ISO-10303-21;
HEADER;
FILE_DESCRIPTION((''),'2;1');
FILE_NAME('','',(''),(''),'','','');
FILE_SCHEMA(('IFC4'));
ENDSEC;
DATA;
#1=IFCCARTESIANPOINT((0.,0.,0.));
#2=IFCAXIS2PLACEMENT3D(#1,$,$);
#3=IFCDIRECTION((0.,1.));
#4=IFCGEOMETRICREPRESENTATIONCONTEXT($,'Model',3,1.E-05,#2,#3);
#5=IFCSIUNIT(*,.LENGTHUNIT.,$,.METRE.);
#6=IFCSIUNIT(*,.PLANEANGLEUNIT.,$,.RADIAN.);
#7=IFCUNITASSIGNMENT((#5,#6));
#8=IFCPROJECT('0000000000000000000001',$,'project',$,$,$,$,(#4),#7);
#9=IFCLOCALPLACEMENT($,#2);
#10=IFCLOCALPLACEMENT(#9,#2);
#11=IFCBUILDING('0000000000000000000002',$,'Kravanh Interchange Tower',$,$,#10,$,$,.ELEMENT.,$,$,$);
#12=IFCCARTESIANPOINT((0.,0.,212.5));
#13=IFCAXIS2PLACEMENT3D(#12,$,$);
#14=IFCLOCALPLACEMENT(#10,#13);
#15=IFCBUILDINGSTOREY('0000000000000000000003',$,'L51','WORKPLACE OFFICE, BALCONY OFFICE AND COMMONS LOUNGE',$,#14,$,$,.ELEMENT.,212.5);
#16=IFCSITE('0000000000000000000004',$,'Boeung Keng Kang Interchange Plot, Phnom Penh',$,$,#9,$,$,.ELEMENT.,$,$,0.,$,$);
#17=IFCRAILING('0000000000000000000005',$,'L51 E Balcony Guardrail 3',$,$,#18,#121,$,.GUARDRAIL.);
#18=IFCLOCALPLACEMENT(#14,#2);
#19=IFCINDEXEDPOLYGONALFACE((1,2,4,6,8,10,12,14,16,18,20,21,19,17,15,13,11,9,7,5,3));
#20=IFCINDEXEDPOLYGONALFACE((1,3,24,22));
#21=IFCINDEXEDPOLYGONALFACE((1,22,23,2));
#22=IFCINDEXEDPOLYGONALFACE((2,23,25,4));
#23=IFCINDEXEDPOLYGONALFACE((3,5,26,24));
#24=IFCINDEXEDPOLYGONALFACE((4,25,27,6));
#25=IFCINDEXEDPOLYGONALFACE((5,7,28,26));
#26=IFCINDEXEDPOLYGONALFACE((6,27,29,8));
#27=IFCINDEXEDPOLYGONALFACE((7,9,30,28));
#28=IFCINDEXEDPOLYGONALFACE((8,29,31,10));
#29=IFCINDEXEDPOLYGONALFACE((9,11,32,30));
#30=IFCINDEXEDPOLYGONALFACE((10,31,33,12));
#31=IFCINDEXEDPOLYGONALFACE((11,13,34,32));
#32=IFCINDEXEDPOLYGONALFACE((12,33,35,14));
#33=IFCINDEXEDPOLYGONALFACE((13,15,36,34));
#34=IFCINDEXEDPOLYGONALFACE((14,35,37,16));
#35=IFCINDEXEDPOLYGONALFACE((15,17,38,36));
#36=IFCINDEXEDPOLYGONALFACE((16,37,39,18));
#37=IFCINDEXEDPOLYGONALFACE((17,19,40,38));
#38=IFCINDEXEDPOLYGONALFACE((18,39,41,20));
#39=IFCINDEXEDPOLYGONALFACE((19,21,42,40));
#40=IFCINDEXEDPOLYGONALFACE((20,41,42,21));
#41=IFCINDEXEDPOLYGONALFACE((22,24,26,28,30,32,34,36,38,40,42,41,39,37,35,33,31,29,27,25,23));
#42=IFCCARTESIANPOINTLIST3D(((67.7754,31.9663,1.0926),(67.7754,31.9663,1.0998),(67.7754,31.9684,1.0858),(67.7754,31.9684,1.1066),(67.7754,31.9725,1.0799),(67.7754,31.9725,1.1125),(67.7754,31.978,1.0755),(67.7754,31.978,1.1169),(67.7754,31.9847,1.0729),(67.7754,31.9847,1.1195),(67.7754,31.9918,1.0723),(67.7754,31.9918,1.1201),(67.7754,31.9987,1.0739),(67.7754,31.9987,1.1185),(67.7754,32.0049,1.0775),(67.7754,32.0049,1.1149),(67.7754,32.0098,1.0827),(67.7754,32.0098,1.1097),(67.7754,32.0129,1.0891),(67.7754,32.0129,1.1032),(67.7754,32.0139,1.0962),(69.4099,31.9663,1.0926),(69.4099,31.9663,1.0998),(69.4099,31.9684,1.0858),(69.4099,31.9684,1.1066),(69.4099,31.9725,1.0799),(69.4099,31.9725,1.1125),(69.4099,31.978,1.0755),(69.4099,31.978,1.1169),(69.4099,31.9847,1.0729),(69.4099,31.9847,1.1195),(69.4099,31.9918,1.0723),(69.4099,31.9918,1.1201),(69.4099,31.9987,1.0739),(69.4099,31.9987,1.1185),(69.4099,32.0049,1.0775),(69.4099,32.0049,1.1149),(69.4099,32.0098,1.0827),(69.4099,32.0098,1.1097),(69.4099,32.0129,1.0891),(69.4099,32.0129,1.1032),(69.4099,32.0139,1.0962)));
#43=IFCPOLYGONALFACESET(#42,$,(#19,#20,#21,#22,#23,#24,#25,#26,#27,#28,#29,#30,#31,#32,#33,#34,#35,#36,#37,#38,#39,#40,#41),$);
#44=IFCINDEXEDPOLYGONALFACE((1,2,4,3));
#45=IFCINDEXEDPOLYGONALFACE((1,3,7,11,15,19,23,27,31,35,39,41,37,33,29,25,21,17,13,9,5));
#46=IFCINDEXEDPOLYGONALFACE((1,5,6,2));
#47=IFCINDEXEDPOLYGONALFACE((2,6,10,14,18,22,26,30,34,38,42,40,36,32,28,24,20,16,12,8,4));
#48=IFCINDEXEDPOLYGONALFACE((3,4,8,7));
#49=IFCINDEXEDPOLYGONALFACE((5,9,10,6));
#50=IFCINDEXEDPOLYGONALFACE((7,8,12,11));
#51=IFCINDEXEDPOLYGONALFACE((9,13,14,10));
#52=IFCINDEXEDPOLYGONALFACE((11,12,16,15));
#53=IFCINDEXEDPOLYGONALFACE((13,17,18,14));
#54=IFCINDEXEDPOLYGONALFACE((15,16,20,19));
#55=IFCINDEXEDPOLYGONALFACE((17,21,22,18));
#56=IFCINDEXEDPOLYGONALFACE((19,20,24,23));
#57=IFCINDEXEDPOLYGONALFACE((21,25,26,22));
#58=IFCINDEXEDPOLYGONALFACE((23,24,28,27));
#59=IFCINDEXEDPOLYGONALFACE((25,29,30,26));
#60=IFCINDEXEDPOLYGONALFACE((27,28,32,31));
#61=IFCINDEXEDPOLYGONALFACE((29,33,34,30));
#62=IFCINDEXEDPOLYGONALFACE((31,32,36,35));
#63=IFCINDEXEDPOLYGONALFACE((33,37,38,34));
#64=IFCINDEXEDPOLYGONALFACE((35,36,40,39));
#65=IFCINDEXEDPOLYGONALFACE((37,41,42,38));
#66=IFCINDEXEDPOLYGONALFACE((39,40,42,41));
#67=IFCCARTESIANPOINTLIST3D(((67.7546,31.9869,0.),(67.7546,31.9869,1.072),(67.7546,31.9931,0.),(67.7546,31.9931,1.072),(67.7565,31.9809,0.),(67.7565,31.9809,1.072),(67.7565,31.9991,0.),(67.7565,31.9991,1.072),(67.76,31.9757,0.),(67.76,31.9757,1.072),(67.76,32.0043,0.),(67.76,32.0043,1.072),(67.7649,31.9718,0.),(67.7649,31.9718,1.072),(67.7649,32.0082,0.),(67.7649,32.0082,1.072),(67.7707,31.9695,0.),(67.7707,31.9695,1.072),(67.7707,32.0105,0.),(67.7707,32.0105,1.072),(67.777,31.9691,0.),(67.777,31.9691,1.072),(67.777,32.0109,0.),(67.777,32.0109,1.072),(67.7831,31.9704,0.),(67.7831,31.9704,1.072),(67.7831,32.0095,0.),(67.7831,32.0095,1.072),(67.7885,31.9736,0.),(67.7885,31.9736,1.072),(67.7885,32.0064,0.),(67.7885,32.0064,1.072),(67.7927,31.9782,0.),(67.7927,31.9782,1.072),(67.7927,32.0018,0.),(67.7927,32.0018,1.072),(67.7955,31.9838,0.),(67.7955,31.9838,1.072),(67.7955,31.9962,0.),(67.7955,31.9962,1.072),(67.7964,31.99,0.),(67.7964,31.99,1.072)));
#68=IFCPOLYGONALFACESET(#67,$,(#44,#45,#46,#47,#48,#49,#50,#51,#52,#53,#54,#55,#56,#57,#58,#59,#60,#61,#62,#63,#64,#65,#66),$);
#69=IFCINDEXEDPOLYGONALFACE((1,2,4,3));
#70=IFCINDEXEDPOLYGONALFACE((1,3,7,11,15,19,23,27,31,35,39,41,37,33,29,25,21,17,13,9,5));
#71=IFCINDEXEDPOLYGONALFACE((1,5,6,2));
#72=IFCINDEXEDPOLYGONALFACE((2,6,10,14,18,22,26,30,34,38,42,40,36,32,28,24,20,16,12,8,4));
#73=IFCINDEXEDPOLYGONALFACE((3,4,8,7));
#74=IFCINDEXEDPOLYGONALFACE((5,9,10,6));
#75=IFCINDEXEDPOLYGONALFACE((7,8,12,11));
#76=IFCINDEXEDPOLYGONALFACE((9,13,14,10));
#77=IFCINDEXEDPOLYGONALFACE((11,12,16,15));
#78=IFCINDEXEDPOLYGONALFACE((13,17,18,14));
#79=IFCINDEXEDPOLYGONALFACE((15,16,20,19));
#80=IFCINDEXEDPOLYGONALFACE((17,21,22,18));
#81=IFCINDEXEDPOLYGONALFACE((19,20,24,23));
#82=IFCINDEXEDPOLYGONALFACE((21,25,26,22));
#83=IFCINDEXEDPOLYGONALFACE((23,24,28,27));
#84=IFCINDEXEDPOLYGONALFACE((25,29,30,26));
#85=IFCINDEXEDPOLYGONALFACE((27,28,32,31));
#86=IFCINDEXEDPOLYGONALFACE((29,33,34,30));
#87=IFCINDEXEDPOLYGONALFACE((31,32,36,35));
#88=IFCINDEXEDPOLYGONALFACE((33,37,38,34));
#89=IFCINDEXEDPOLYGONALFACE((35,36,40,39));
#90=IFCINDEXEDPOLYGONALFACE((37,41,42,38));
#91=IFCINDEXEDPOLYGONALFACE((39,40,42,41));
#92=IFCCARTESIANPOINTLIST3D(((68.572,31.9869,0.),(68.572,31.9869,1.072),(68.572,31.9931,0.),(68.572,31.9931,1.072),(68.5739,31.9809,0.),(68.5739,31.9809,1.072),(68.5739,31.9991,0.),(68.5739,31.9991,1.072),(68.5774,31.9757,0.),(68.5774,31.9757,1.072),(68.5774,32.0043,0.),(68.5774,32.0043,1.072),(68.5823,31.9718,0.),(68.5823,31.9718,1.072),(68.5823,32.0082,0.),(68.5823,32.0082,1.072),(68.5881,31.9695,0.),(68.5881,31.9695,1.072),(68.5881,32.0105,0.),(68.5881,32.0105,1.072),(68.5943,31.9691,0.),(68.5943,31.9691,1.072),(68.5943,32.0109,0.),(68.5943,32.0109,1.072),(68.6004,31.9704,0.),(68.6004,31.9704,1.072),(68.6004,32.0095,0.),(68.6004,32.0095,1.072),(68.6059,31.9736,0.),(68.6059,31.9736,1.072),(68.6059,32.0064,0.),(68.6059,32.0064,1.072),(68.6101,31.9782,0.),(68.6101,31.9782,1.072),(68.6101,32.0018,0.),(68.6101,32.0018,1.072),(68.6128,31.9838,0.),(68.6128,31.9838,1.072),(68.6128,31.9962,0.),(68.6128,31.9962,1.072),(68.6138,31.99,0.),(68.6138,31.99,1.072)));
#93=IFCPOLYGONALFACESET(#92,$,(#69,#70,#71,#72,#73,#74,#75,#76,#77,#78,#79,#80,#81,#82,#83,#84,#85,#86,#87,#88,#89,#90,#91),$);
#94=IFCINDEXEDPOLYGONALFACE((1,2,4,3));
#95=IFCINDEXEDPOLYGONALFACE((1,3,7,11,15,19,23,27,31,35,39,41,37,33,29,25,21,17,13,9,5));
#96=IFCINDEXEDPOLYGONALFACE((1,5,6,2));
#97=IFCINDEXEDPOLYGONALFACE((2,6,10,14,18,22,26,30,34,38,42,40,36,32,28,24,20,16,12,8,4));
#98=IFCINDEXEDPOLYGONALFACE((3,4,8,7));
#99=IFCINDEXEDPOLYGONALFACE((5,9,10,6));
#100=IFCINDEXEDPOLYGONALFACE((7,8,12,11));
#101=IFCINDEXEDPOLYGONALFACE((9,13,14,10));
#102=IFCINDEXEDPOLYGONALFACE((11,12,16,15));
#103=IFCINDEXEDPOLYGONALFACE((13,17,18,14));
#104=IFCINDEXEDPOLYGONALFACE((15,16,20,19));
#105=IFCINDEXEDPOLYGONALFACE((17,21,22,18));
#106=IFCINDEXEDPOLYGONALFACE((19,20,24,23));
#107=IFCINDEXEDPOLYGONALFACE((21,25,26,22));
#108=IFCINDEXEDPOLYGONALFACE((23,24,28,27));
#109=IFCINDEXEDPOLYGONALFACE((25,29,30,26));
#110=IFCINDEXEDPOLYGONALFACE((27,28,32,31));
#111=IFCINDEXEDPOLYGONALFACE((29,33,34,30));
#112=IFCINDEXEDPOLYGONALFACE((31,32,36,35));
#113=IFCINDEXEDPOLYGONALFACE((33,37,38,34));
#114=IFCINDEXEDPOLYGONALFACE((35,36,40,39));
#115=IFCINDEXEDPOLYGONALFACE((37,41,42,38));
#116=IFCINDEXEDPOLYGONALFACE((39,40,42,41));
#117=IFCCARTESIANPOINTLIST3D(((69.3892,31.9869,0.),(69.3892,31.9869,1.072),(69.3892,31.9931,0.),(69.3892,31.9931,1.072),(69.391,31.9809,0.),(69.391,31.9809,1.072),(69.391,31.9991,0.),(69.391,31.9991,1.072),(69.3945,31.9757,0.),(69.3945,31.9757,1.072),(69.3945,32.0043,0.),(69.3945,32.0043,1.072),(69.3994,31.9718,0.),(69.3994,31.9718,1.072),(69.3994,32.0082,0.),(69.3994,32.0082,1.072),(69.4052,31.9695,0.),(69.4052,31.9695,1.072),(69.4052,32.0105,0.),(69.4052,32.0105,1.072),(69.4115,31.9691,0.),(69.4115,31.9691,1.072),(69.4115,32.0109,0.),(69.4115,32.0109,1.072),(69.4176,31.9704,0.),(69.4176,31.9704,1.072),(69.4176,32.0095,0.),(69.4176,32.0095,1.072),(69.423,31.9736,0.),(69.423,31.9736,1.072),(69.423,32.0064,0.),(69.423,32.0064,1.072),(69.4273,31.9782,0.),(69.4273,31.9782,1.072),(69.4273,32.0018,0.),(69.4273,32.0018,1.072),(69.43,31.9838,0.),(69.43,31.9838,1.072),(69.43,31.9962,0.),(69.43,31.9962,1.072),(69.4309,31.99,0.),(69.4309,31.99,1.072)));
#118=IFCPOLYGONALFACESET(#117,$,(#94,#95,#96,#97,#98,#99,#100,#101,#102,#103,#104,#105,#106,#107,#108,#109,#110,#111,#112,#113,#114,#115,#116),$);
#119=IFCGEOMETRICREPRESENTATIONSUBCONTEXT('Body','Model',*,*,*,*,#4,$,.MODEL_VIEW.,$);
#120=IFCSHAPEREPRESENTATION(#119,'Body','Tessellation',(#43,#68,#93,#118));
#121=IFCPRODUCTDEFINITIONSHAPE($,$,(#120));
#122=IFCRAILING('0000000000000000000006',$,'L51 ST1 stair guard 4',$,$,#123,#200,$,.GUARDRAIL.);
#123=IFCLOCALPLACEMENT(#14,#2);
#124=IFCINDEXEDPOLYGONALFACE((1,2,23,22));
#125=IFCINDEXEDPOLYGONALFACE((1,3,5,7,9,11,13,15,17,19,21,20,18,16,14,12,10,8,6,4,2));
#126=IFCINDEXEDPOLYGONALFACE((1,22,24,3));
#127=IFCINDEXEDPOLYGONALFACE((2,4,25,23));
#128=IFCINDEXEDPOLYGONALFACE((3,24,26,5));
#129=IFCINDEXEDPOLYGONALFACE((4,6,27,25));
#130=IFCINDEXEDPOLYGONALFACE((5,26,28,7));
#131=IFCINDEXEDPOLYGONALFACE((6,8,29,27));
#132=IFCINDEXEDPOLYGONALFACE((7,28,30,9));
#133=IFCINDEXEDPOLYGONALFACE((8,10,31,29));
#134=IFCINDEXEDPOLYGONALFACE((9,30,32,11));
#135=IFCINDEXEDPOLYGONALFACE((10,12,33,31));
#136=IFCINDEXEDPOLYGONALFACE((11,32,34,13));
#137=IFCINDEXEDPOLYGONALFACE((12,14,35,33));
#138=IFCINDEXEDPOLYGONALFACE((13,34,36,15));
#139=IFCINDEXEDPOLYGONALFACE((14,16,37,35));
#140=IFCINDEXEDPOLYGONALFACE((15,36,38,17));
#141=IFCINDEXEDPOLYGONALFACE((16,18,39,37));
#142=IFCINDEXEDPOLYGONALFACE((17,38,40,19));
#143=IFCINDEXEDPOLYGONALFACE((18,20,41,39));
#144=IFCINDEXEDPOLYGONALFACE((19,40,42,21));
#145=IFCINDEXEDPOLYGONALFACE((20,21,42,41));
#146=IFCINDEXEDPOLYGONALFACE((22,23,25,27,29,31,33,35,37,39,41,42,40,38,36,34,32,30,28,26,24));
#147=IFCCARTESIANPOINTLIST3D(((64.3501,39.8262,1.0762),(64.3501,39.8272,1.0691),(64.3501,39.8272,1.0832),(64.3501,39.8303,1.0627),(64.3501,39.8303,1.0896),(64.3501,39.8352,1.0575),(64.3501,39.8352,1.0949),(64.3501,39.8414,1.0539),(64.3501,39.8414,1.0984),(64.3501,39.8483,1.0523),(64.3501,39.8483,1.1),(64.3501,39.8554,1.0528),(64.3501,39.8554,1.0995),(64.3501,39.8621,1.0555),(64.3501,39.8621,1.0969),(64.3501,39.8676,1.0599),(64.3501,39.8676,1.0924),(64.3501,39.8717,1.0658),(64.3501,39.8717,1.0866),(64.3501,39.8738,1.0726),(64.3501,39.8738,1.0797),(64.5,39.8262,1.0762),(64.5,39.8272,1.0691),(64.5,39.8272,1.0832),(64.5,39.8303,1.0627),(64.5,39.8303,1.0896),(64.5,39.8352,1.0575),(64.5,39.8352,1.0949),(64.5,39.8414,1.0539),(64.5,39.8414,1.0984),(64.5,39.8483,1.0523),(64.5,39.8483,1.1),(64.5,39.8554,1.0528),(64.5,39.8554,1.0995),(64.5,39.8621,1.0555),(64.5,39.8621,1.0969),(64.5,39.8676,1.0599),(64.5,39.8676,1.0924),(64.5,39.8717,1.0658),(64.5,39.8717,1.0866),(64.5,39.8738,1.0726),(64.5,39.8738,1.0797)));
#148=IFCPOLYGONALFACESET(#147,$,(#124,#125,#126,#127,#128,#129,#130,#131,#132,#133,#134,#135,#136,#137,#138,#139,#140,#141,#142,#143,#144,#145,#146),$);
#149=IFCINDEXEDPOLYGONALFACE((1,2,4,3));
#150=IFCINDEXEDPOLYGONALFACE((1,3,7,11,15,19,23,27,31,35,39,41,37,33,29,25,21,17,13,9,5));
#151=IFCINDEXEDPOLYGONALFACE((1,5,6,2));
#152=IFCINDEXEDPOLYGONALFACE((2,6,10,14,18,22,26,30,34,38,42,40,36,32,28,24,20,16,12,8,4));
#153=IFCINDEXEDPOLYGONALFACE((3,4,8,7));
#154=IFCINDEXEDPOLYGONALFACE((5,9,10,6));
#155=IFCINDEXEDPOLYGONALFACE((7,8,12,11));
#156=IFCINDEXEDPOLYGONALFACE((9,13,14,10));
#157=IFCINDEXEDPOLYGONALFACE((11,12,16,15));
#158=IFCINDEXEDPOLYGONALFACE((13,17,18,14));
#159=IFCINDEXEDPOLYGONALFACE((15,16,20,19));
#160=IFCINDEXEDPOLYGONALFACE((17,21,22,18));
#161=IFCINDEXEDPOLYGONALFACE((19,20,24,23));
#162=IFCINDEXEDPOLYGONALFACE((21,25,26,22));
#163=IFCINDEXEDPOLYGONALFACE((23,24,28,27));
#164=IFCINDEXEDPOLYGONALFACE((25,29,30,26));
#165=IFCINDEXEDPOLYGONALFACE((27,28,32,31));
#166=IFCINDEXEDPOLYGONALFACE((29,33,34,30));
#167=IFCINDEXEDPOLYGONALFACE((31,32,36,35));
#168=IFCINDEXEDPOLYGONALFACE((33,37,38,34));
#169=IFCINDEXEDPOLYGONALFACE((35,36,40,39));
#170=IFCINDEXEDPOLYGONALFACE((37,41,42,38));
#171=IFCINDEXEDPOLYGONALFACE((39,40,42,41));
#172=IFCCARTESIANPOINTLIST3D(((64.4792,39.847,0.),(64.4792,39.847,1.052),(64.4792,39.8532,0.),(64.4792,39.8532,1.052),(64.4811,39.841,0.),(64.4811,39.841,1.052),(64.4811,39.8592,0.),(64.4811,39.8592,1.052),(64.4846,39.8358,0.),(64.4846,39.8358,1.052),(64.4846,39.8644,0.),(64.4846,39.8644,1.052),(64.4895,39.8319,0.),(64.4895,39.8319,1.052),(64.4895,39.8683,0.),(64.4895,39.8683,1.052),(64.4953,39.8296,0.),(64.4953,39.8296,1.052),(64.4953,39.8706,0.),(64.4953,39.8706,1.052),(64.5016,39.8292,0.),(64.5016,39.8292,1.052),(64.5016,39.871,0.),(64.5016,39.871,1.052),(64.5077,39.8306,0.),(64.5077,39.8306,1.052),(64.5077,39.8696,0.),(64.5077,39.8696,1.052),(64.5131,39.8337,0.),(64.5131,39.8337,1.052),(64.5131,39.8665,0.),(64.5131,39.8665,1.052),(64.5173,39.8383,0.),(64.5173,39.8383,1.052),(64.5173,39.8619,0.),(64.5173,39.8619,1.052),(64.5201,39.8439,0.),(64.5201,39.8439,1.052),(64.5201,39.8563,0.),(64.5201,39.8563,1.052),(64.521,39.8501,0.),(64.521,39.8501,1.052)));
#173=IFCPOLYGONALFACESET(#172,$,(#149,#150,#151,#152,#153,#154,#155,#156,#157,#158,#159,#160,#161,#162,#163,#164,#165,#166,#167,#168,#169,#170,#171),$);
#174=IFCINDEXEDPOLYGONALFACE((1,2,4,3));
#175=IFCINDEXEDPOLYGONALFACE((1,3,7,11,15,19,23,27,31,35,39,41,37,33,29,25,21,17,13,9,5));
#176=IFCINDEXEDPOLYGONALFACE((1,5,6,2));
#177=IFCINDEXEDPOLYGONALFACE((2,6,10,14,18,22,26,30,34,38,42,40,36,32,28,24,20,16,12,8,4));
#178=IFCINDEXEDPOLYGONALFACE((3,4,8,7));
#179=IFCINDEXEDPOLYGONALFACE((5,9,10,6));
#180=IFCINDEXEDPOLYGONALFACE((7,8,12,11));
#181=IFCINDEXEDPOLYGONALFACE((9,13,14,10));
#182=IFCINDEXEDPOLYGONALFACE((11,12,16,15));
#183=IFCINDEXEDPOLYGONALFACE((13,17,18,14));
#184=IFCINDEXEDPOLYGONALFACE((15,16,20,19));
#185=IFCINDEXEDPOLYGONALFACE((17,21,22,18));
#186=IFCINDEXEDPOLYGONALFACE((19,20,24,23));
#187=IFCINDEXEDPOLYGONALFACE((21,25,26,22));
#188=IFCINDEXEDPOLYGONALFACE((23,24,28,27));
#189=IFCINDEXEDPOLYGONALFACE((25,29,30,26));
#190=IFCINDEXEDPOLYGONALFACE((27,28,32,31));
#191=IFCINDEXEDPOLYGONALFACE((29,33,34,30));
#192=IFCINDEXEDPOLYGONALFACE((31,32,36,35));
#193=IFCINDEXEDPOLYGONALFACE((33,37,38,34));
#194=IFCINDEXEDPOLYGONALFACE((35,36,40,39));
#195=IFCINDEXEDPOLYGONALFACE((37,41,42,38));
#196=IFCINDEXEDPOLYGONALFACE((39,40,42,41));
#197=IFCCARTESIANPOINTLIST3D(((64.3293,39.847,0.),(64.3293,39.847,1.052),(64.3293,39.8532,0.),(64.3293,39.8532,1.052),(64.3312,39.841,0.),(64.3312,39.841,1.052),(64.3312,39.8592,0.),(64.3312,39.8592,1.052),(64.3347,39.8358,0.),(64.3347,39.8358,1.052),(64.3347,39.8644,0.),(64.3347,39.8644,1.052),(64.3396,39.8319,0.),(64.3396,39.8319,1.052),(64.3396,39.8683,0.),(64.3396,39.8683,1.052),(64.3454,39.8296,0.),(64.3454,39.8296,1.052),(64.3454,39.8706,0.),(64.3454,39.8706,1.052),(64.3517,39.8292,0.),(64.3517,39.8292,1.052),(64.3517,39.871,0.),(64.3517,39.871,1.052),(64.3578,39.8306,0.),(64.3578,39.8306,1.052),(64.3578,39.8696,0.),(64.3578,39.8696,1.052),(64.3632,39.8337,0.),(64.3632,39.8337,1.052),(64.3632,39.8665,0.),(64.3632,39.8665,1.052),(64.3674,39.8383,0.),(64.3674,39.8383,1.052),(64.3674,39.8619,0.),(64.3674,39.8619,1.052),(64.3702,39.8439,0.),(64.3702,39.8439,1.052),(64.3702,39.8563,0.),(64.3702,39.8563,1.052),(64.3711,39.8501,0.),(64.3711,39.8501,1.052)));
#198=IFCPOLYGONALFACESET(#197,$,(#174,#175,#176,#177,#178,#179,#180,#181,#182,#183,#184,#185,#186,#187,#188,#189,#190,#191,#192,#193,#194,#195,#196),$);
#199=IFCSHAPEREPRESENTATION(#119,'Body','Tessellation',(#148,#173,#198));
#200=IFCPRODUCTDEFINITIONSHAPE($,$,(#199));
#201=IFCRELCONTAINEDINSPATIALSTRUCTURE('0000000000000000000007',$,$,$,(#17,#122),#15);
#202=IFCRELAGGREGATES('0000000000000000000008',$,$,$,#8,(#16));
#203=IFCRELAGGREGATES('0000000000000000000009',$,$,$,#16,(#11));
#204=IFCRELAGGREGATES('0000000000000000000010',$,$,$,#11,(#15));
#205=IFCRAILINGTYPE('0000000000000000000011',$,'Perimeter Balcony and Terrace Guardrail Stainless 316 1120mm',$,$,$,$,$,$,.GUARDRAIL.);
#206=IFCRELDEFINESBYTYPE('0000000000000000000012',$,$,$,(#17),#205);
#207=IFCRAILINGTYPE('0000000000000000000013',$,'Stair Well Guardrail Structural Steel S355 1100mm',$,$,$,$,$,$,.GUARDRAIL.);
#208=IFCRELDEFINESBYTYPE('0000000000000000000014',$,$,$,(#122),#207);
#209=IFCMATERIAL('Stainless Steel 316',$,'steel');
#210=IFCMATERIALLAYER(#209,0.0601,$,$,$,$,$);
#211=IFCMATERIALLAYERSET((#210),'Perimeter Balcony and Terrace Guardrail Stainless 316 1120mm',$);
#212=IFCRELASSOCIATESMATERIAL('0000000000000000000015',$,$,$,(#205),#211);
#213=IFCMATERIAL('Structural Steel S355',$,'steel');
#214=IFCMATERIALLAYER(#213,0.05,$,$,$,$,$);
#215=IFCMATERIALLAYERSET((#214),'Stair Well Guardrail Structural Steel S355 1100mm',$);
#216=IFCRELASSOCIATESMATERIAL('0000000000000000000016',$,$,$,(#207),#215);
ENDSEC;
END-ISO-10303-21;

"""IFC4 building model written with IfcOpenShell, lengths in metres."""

from ifc_helpers import new_model, si_unit, direction, frame, origin, origin_2d, place, context, subcontext, project, spatial, circle, extrude, material, layer, layer_set, type_object, element, save


model = new_model("IFC4")

# Units and contexts
model_context = context("Model", 3, precision=1e-05, world=origin(), true_north=direction((0.0, 1.0)))
body_context = subcontext(model_context, "Body", "Model", "MODEL_VIEW")
ifc_project = project(units=[si_unit("LENGTHUNIT", "METRE"), si_unit("PLANEANGLEUNIT", "RADIAN")], contexts=[model_context])

# Site, building, storey
site_placement = place(None, origin())
site = spatial("IfcSite", under=ifc_project, at=site_placement, Name="Boeung Keng Kang Interchange Plot, Phnom Penh", CompositionType="ELEMENT", RefElevation=0.0)
building_placement = place(site_placement, origin())
building = spatial("IfcBuilding", under=site, at=building_placement, Name="Kravanh Interchange Tower", CompositionType="ELEMENT")
storey_placement = place(building_placement, frame((0.0, 0.0, 212.5)))
storey = spatial("IfcBuildingStorey", under=building, at=storey_placement, Name="L51", Description="WORKPLACE OFFICE, BALCONY OFFICE AND COMMONS LOUNGE", CompositionType="ELEMENT", Elevation=212.5)

# Railings
ifc_material_1 = material(Name="Stainless Steel 316", Category="steel")
ifc_layer_1 = layer(ifc_material_1, 0.0601)
ifc_layer_set_1 = layer_set([ifc_layer_1], Name="Perimeter Balcony and Terrace Guardrail Stainless 316 1120mm")
railing_type_1 = type_object("IfcRailingType", Name="Perimeter Balcony and Terrace Guardrail Stainless 316 1120mm", PredefinedType="GUARDRAIL", material=ifc_layer_set_1)
railing_1_placement = place(storey_placement, frame((67.7754, 31.99, 0.0)))
element("IfcRailing", 1, at=railing_1_placement, inside=storey, type_object=railing_type_1, Name="L51 E Balcony Guardrail 3", PredefinedType="GUARDRAIL", context=body_context, shape_type="SweptSolid", body=[
    extrude(circle(Radius=0.0239, at=origin_2d()), frame((0.0, 0.0, 1.0962), z_axis=(1.0, 0.0, 0.0), x_axis=(0.0, 1.0, 0.0)), (0.0, 0.0, 1.0), 1.6345),
    extrude(circle(Radius=0.021, at=origin_2d()), origin(), (0.0, 0.0, 1.0), 1.072),
    extrude(circle(Radius=0.021, at=origin_2d()), frame((0.8174, 0.0, 0.0)), (0.0, 0.0, 1.0), 1.072),
    extrude(circle(Radius=0.021, at=origin_2d()), frame((1.6345, 0.0, 0.0)), (0.0, 0.0, 1.0), 1.072),
])
ifc_material_2 = material(Name="Structural Steel S355", Category="steel")
ifc_layer_2 = layer(ifc_material_2, 0.05)
ifc_layer_set_2 = layer_set([ifc_layer_2], Name="Stair Well Guardrail Structural Steel S355 1100mm")
railing_type_2 = type_object("IfcRailingType", Name="Stair Well Guardrail Structural Steel S355 1100mm", PredefinedType="GUARDRAIL", material=ifc_layer_set_2)
for number, where, name in (
    (2, (64.5, 39.8501, 0.0), "L51 ST1 stair guard 4"),
):
    element("IfcRailing", number, at=place(storey_placement, frame(where)), inside=storey, type_object=railing_type_2, Name=name, PredefinedType="GUARDRAIL", context=body_context, shape_type="SweptSolid", body=[
        extrude(circle(Radius=0.0239, at=origin_2d()), frame((0.0, 0.0, 1.0762), z_axis=(-1.0, 0.0, 0.0), x_axis=(0.0, -1.0, 0.0)), (0.0, 0.0, 1.0), 0.1499),
        extrude(circle(Radius=0.021, at=origin_2d()), origin(), (0.0, 0.0, 1.0), 1.052),
        extrude(circle(Radius=0.021, at=origin_2d()), frame((-0.1499, 0.0, 0.0)), (0.0, 0.0, 1.0), 1.052),
    ])

save(model, "model.ifc")
